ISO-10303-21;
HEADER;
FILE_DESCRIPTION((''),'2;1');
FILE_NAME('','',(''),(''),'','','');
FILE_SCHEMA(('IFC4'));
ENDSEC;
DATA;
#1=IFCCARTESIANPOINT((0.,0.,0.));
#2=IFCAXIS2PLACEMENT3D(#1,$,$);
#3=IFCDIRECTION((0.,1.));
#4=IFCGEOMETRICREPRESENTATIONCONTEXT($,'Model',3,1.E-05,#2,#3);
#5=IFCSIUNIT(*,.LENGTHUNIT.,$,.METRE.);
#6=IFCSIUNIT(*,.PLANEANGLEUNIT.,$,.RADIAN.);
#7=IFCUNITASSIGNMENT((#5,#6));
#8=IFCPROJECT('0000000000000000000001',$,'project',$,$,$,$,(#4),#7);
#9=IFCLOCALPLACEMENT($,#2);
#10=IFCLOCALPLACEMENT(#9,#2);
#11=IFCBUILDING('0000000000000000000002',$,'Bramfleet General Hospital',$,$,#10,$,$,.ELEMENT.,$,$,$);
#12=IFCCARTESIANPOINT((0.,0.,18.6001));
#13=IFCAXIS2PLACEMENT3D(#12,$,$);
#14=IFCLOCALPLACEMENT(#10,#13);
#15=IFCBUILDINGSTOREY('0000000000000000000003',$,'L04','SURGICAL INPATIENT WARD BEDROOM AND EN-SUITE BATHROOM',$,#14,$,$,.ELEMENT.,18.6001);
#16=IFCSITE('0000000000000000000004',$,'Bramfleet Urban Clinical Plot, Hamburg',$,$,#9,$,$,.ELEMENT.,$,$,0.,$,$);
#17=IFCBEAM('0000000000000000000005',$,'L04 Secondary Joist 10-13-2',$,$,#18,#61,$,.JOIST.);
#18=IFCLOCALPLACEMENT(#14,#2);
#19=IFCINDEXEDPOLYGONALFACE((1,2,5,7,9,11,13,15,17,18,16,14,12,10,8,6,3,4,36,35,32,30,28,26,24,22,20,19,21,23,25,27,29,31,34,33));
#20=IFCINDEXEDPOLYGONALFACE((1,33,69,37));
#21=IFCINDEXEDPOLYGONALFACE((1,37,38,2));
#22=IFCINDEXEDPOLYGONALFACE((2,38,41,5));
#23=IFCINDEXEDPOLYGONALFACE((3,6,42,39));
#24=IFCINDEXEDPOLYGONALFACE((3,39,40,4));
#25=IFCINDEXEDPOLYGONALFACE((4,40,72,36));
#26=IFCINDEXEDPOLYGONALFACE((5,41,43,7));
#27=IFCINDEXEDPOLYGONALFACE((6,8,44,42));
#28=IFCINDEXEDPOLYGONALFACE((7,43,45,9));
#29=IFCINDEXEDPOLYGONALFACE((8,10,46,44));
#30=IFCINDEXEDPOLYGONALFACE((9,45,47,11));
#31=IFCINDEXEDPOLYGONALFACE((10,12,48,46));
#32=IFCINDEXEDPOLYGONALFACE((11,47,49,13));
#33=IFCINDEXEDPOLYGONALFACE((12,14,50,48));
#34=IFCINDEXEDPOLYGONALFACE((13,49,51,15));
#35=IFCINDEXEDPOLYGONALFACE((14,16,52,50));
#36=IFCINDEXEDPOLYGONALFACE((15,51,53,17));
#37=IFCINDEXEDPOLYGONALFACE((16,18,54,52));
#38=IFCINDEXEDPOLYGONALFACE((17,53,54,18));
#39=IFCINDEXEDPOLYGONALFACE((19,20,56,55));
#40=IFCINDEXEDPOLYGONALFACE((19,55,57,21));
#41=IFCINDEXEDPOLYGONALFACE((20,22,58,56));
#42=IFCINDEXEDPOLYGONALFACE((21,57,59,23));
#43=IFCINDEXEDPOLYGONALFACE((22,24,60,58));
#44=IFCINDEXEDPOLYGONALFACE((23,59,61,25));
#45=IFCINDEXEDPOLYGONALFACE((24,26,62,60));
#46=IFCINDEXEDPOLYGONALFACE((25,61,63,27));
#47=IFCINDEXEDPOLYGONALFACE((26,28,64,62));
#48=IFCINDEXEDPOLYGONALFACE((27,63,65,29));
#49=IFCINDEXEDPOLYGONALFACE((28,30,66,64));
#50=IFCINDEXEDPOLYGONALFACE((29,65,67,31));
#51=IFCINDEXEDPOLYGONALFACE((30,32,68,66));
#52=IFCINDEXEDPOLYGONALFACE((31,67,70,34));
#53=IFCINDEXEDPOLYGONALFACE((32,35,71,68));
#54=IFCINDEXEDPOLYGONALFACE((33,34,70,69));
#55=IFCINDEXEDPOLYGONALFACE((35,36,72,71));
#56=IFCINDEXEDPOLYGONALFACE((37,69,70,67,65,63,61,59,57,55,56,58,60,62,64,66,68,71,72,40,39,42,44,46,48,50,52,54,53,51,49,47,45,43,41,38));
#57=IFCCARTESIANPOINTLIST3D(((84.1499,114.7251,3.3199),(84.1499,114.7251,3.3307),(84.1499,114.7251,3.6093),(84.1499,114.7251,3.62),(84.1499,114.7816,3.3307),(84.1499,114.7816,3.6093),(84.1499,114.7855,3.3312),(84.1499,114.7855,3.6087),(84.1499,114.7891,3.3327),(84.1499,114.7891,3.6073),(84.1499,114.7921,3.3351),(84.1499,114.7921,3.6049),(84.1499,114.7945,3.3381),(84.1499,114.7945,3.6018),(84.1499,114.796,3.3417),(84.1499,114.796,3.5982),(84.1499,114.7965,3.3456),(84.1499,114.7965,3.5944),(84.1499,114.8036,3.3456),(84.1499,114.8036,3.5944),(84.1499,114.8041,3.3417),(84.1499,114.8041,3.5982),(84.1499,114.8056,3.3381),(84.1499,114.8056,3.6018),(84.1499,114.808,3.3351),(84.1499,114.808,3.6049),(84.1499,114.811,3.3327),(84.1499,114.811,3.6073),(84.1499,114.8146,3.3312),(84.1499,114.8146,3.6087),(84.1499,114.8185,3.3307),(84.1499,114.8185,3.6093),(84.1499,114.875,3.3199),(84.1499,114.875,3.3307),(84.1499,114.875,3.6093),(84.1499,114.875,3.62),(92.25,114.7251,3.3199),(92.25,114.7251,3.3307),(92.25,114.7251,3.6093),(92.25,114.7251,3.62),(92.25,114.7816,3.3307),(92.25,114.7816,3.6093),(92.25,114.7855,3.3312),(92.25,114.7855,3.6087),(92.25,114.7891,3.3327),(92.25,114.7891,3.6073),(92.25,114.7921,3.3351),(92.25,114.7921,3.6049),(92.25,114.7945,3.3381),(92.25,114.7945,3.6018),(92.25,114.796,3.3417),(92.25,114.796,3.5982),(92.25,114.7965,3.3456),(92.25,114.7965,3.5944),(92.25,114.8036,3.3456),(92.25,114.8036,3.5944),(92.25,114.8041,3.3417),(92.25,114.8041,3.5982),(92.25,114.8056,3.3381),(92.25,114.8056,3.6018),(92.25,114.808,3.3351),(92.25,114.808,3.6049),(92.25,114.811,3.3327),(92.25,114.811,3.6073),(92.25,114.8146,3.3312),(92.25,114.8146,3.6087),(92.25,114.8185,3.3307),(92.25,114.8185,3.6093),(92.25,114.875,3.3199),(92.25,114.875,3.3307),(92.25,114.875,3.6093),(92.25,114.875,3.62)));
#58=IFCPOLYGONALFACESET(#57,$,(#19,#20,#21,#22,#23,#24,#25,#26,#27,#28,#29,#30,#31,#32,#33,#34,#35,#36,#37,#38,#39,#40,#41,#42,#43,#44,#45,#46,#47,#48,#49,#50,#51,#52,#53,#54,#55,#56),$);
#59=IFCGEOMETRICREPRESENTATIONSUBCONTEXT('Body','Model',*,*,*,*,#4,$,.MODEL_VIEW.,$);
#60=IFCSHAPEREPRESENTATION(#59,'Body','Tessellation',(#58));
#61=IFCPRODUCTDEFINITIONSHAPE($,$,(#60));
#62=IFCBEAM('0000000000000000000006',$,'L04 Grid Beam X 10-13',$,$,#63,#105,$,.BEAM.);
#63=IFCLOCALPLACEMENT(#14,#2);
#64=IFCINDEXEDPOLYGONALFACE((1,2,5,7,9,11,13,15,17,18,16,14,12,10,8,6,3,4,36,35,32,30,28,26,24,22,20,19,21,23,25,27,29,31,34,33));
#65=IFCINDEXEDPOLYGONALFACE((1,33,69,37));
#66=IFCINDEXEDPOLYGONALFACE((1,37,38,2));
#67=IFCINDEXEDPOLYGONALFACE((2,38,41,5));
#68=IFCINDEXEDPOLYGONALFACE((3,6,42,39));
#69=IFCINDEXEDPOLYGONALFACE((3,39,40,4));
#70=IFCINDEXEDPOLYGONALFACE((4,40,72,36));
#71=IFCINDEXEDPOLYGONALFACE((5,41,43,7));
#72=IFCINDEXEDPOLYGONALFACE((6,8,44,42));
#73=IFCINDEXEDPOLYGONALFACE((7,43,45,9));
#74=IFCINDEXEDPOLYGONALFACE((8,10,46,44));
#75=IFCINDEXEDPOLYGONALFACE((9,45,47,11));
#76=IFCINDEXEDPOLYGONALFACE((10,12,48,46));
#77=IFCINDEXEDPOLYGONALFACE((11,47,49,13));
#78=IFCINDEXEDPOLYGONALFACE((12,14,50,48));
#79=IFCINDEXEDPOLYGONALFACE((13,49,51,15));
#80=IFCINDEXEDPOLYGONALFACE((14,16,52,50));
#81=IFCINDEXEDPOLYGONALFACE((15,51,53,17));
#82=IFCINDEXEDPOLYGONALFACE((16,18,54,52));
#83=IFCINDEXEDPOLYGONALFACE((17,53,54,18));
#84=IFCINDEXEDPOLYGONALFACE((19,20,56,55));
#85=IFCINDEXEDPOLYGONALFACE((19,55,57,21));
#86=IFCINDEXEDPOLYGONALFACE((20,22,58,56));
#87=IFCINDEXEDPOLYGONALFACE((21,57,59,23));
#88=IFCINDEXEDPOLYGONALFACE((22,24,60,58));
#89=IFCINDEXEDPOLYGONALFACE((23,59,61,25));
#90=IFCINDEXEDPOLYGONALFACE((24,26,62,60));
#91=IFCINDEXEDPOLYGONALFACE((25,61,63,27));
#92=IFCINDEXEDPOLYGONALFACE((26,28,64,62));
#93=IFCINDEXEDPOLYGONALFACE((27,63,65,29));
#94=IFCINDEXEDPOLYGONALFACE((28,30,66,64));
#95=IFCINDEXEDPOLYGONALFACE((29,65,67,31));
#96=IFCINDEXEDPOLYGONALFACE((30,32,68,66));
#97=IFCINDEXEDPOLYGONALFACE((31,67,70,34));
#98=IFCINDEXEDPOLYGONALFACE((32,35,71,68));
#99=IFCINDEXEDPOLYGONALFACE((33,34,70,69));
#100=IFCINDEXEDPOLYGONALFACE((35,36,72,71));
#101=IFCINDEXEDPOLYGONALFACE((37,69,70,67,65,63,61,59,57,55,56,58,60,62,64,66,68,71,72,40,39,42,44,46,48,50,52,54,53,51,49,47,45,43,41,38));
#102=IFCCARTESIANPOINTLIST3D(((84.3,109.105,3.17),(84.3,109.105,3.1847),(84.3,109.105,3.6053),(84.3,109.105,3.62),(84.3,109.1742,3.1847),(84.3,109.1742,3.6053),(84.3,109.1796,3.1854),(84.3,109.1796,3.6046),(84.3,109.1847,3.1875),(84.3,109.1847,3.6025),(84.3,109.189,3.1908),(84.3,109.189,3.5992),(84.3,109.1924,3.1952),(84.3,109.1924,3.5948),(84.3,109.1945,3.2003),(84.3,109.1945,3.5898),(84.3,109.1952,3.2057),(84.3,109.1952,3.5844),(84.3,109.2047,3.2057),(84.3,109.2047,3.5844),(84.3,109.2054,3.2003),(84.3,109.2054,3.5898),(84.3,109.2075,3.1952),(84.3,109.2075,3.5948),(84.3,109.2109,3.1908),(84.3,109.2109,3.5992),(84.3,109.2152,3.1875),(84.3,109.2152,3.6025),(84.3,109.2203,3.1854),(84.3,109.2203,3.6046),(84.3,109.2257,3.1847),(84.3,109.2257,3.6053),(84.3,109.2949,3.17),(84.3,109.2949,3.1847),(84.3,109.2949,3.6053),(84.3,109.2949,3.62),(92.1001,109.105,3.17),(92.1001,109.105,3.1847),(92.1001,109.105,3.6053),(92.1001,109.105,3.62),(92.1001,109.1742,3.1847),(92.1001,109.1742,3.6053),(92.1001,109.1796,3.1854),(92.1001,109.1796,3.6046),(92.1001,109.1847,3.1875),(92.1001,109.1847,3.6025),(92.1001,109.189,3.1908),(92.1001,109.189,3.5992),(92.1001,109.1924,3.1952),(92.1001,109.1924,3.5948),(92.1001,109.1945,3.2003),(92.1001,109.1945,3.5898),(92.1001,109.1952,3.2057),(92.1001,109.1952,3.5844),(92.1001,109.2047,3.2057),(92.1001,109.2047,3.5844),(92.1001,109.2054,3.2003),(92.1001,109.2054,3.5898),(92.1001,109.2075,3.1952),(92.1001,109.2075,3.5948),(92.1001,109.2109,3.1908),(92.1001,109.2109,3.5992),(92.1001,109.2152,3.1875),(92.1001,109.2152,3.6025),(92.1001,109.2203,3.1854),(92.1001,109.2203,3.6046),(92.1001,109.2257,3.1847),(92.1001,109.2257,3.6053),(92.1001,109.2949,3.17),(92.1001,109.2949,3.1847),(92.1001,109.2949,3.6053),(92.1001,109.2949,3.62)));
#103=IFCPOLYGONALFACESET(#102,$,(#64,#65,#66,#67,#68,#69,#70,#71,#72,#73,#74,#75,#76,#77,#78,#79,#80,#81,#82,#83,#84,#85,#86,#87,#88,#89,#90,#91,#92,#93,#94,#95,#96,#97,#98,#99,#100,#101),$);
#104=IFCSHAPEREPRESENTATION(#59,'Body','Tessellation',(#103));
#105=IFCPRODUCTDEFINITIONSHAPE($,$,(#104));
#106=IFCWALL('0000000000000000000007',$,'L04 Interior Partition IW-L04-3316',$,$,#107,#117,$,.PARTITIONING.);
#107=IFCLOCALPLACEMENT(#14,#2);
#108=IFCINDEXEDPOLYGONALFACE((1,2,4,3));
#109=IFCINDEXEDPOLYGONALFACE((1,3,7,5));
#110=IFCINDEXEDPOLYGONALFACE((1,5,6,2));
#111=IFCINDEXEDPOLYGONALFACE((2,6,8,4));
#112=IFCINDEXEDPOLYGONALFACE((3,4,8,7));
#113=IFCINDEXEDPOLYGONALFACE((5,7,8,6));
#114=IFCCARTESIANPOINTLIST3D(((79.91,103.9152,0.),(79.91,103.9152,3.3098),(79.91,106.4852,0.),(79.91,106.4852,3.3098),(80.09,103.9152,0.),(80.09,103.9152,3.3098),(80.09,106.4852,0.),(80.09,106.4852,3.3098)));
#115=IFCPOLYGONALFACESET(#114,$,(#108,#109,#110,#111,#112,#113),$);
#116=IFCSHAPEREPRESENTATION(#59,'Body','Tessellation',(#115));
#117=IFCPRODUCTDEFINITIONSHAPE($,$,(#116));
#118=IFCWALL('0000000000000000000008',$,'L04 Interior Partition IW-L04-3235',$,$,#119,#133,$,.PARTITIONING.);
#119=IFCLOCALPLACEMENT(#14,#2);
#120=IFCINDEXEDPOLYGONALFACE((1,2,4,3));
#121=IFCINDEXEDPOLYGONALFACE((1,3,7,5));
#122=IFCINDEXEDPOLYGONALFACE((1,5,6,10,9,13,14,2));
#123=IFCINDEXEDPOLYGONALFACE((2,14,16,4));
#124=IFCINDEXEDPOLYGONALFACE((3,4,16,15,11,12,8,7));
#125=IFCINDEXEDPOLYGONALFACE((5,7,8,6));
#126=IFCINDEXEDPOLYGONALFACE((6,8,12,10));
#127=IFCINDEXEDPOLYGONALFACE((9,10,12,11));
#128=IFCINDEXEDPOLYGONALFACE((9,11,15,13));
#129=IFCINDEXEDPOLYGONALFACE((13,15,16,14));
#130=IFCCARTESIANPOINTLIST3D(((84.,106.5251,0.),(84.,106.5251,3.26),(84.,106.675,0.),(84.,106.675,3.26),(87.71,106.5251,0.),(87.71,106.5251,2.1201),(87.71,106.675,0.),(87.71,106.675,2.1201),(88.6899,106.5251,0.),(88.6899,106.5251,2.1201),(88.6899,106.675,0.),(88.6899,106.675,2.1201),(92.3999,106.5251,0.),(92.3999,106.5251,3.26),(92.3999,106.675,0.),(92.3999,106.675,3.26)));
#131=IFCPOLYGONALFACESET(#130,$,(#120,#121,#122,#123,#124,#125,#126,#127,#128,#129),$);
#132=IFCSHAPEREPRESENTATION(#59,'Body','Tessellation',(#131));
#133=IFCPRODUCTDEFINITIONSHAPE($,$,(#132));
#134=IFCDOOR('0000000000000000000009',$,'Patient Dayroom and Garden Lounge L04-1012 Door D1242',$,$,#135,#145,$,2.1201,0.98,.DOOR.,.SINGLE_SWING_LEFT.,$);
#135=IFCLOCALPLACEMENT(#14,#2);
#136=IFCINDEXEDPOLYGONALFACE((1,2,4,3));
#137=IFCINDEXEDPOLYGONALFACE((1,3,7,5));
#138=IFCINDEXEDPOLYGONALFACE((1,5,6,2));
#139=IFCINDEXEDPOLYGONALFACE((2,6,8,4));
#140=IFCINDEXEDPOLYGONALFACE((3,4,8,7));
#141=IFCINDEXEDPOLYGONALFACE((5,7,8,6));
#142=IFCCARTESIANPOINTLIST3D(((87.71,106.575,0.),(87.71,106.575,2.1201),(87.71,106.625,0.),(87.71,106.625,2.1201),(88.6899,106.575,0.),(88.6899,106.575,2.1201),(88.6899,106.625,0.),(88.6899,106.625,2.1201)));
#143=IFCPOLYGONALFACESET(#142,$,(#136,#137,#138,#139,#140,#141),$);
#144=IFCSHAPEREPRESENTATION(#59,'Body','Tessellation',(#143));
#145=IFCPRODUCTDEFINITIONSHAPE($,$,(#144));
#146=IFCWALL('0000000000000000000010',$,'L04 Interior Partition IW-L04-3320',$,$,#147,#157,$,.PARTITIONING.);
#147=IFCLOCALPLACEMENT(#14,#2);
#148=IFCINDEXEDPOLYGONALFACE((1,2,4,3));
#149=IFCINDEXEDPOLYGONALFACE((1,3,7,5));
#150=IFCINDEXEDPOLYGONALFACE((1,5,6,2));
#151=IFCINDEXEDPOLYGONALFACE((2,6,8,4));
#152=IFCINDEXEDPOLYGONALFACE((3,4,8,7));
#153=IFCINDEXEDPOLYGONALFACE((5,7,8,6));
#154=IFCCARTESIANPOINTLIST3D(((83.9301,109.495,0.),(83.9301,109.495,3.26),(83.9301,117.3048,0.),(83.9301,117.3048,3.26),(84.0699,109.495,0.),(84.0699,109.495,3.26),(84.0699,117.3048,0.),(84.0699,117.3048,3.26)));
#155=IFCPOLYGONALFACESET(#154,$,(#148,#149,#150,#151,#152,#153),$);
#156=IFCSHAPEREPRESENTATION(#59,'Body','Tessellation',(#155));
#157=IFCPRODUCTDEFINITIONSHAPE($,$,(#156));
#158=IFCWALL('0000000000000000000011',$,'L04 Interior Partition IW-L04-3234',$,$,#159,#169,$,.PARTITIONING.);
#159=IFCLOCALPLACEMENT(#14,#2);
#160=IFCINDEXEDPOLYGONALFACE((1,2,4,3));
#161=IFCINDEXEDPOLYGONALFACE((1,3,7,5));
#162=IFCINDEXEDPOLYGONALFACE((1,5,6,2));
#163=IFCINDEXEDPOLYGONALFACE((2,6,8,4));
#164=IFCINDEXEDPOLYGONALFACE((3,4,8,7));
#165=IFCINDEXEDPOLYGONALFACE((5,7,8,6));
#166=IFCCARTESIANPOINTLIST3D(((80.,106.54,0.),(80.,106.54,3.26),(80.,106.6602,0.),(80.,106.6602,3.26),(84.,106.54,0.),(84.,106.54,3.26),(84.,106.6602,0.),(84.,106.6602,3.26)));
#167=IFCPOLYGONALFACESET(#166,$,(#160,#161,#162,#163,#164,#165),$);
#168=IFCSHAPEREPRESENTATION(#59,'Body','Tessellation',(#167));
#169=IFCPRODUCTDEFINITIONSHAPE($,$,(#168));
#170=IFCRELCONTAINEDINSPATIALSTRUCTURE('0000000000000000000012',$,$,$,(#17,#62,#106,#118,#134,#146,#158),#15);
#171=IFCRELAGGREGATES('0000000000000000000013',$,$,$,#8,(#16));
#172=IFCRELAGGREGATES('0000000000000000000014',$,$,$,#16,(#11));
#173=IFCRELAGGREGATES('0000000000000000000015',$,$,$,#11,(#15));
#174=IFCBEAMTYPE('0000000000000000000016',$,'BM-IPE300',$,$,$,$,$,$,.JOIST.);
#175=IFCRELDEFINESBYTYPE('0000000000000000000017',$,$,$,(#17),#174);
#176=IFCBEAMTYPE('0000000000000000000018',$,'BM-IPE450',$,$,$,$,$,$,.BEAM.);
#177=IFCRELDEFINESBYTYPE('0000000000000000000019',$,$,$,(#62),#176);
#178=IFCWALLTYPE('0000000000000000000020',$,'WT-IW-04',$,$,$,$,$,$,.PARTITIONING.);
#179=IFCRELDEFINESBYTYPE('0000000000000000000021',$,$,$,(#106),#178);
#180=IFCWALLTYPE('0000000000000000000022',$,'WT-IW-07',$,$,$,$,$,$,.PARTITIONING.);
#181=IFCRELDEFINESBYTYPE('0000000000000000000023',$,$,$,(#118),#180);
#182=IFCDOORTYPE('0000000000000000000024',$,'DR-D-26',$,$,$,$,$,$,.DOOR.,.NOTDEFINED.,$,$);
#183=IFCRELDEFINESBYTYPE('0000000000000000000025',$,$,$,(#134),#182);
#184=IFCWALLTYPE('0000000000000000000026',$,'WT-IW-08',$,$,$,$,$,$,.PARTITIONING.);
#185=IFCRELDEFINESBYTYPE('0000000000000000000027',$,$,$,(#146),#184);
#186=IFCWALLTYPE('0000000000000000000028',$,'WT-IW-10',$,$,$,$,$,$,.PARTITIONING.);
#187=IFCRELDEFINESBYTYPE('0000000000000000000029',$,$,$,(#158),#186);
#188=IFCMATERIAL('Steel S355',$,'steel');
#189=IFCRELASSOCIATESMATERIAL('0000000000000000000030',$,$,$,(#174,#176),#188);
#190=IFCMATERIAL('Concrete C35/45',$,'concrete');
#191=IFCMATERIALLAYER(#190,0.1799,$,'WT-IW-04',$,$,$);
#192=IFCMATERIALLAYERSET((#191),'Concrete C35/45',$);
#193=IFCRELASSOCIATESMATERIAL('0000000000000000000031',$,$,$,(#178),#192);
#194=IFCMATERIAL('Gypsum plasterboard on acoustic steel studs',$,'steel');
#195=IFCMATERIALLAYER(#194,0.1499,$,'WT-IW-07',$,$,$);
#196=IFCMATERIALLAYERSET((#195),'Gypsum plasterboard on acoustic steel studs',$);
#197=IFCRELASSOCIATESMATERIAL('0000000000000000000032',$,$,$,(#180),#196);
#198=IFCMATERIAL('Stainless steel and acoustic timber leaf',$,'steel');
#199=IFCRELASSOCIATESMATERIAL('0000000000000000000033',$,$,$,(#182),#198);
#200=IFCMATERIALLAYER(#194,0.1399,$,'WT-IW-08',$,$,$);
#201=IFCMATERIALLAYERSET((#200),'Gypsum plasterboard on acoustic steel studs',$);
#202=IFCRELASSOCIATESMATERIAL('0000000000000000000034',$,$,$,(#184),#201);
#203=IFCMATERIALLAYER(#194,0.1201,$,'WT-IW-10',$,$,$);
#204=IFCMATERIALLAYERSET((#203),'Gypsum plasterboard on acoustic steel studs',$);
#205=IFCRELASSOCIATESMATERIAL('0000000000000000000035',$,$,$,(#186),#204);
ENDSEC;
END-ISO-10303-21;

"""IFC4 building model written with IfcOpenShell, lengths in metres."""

from ifc_helpers import new_model, si_unit, direction, frame, frame_2d, origin, origin_2d, place, context, subcontext, project, spatial, rectangle, i_section, extrude, material, layer, layer_set, material_profile, profile_set, type_object, element, fill, save


model = new_model("IFC4")

# Units and contexts
model_context = context("Model", 3, precision=1e-05, world=origin(), true_north=direction((0.0, 1.0)))
body_context = subcontext(model_context, "Body", "Model", "MODEL_VIEW")
ifc_project = project(units=[si_unit("LENGTHUNIT", "METRE"), si_unit("PLANEANGLEUNIT", "RADIAN")], contexts=[model_context])

# Site, building, storey
site_placement = place(None, origin())
site = spatial("IfcSite", under=ifc_project, at=site_placement, Name="Bramfleet Urban Clinical Plot, Hamburg", CompositionType="ELEMENT", RefElevation=0.0)
building_placement = place(site_placement, origin())
building = spatial("IfcBuilding", under=site, at=building_placement, Name="Bramfleet General Hospital", CompositionType="ELEMENT")
storey_placement = place(building_placement, frame((0.0, 0.0, 18.6001)))
storey = spatial("IfcBuildingStorey", under=building, at=storey_placement, Name="L04", Description="SURGICAL INPATIENT WARD BEDROOM AND EN-SUITE BATHROOM", CompositionType="ELEMENT", Elevation=18.6001)

# Beams
ifc_material_1 = material(Name="Steel S355", Category="steel")
ifc_material_profile_1 = material_profile(ifc_material_1, i_section(OverallWidth=0.1499, OverallDepth=0.3, WebThickness=0.0071, FlangeThickness=0.0107, FilletRadius=0.0149, at=origin_2d()), Name="IPE 300")
ifc_profile_set_1 = profile_set([ifc_material_profile_1], Name="Steel S355")
beam_type_1 = type_object("IfcBeamType", Name="BM-IPE300", PredefinedType="JOIST", material=ifc_profile_set_1)
for number, where, z_axis, x_axis, name in (
    (1, (84.1499, 114.8, 3.47), (1.0, 0.0, 0.0), (0.0, 1.0, 0.0), "L04 Secondary Joist 10-13-2"),
):
    element("IfcBeam", number, at=place(storey_placement, frame(where, z_axis=z_axis, x_axis=x_axis)), inside=storey, type_object=beam_type_1, Name=name, PredefinedType="JOIST", context=body_context, shape_type="SweptSolid", body=[
        extrude(i_section(OverallWidth=0.1499, OverallDepth=0.3, WebThickness=0.0071, FlangeThickness=0.0107, FilletRadius=0.0149, at=origin_2d()), origin(), (0.0, 0.0, 1.0), 8.1001),
    ])
ifc_material_profile_2 = material_profile(ifc_material_1, i_section(OverallWidth=0.1899, OverallDepth=0.45, WebThickness=0.0095, FlangeThickness=0.0146, FilletRadius=0.021, at=origin_2d()), Name="IPE 450")
ifc_profile_set_2 = profile_set([ifc_material_profile_2], Name="Steel S355")
beam_type_2 = type_object("IfcBeamType", Name="BM-IPE450", PredefinedType="BEAM", material=ifc_profile_set_2)
beam_1_placement = place(storey_placement, frame((84.3, 109.2, 3.395), z_axis=(1.0, 0.0, 0.0), x_axis=(0.0, 1.0, 0.0)))
element("IfcBeam", 2, at=beam_1_placement, inside=storey, type_object=beam_type_2, Name="L04 Grid Beam X 10-13", PredefinedType="BEAM", context=body_context, shape_type="SweptSolid", body=[
    extrude(i_section(OverallWidth=0.1899, OverallDepth=0.45, WebThickness=0.0095, FlangeThickness=0.0146, FilletRadius=0.021, at=origin_2d()), origin(), (0.0, 0.0, 1.0), 7.8),
])

# Wall
ifc_material_2 = material(Name="Concrete C35/45", Category="concrete")
ifc_layer_1 = layer(ifc_material_2, 0.1799, Name="WT-IW-04")
ifc_layer_set_1 = layer_set([ifc_layer_1], Name="Concrete C35/45")
wall_type_1 = type_object("IfcWallType", Name="WT-IW-04", PredefinedType="PARTITIONING", material=ifc_layer_set_1)
wall_1_placement = place(storey_placement, frame((80.0, 103.915, 0.0), z_axis=(0.0, 0.0, 1.0), x_axis=(0.0, 1.0, 0.0)))
element("IfcWall", 3, at=wall_1_placement, inside=storey, type_object=wall_type_1, Name="L04 Interior Partition IW-L04-3316", PredefinedType="PARTITIONING", context=body_context, shape_type="SweptSolid", body=[
    extrude(rectangle(XDim=2.5701, YDim=0.1799, at=frame_2d((1.2852, 0.0))), origin(), (0.0, 0.0, 1.0), 3.3098),
])

# Wall, opening, door
ifc_material_3 = material(Name="Gypsum plasterboard on acoustic steel studs", Category="steel")
ifc_layer_2 = layer(ifc_material_3, 0.1499, Name="WT-IW-07")
ifc_layer_set_2 = layer_set([ifc_layer_2], Name="Gypsum plasterboard on acoustic steel studs")
wall_type_2 = type_object("IfcWallType", Name="WT-IW-07", PredefinedType="PARTITIONING", material=ifc_layer_set_2)
wall_2_placement = place(storey_placement, frame((84.0, 106.6001, 0.0), z_axis=(0.0, 0.0, 1.0), x_axis=(1.0, 0.0, 0.0)))
wall_2 = element("IfcWall", 4, at=wall_2_placement, inside=storey, type_object=wall_type_2, Name="L04 Interior Partition IW-L04-3235", PredefinedType="PARTITIONING", context=body_context, shape_type="SweptSolid", body=[
    extrude(rectangle(XDim=8.3999, YDim=0.1499, at=frame_2d((4.2, 0.0))), origin(), (0.0, 0.0, 1.0), 3.26),
])
opening_1_placement = place(wall_2_placement, frame((3.71, 0.0, 0.0)))
opening_1 = element("IfcOpeningElement", 5, at=opening_1_placement, cuts=wall_2, PredefinedType="OPENING", context=body_context, shape_type="SweptSolid", body=[
    extrude(rectangle(XDim=0.98, YDim=2.1201, at=frame_2d((0.49, 1.0601))), frame((0.0, 0.085, 0.0), z_axis=(0.0, -1.0, 0.0), x_axis=(1.0, 0.0, 0.0)), (0.0, 0.0, 1.0), 0.1699),
])
ifc_material_4 = material(Name="Stainless steel and acoustic timber leaf", Category="steel")
door_type_1 = type_object("IfcDoorType", Name="DR-D-26", OperationType="NOTDEFINED", PredefinedType="DOOR", material=ifc_material_4)
door_1_placement = place(opening_1_placement, origin())
door_1 = element("IfcDoor", 6, at=door_1_placement, inside=storey, type_object=door_type_1, Name="Patient Dayroom and Garden Lounge L04-1012 Door D1242", OperationType="SINGLE_SWING_LEFT", OverallHeight=2.1201, OverallWidth=0.98, PredefinedType="DOOR", context=body_context, shape_type="SweptSolid", body=[
    extrude(rectangle(XDim=0.98, YDim=2.1201, at=frame_2d((0.49, 1.0601))), frame((0.0, 0.0249, 0.0), z_axis=(0.0, -1.0, 0.0), x_axis=(1.0, 0.0, 0.0)), (0.0, 0.0, 1.0), 0.05),
])
fill(opening_1, door_1)

# Walls
ifc_layer_3 = layer(ifc_material_3, 0.1399, Name="WT-IW-08")
ifc_layer_set_3 = layer_set([ifc_layer_3], Name="Gypsum plasterboard on acoustic steel studs")
wall_type_3 = type_object("IfcWallType", Name="WT-IW-08", PredefinedType="PARTITIONING", material=ifc_layer_set_3)
wall_3_placement = place(storey_placement, frame((84.0, 109.4951, 0.0), z_axis=(0.0, 0.0, 1.0), x_axis=(0.0, 1.0, 0.0)))
element("IfcWall", 7, at=wall_3_placement, inside=storey, type_object=wall_type_3, Name="L04 Interior Partition IW-L04-3320", PredefinedType="PARTITIONING", context=body_context, shape_type="SweptSolid", body=[
    extrude(rectangle(XDim=7.8098, YDim=0.1399, at=frame_2d((3.9048, 0.0))), origin(), (0.0, 0.0, 1.0), 3.26),
])
ifc_layer_4 = layer(ifc_material_3, 0.1201, Name="WT-IW-10")
ifc_layer_set_4 = layer_set([ifc_layer_4], Name="Gypsum plasterboard on acoustic steel studs")
wall_type_4 = type_object("IfcWallType", Name="WT-IW-10", PredefinedType="PARTITIONING", material=ifc_layer_set_4)
wall_4_placement = place(storey_placement, frame((80.0, 106.6001, 0.0), z_axis=(0.0, 0.0, 1.0), x_axis=(1.0, 0.0, 0.0)))
element("IfcWall", 8, at=wall_4_placement, inside=storey, type_object=wall_type_4, Name="L04 Interior Partition IW-L04-3234", PredefinedType="PARTITIONING", context=body_context, shape_type="SweptSolid", body=[
    extrude(rectangle(XDim=4.0, YDim=0.1201, at=frame_2d((2.0, 0.0))), origin(), (0.0, 0.0, 1.0), 3.26),
])

save(model, "model.ifc")
